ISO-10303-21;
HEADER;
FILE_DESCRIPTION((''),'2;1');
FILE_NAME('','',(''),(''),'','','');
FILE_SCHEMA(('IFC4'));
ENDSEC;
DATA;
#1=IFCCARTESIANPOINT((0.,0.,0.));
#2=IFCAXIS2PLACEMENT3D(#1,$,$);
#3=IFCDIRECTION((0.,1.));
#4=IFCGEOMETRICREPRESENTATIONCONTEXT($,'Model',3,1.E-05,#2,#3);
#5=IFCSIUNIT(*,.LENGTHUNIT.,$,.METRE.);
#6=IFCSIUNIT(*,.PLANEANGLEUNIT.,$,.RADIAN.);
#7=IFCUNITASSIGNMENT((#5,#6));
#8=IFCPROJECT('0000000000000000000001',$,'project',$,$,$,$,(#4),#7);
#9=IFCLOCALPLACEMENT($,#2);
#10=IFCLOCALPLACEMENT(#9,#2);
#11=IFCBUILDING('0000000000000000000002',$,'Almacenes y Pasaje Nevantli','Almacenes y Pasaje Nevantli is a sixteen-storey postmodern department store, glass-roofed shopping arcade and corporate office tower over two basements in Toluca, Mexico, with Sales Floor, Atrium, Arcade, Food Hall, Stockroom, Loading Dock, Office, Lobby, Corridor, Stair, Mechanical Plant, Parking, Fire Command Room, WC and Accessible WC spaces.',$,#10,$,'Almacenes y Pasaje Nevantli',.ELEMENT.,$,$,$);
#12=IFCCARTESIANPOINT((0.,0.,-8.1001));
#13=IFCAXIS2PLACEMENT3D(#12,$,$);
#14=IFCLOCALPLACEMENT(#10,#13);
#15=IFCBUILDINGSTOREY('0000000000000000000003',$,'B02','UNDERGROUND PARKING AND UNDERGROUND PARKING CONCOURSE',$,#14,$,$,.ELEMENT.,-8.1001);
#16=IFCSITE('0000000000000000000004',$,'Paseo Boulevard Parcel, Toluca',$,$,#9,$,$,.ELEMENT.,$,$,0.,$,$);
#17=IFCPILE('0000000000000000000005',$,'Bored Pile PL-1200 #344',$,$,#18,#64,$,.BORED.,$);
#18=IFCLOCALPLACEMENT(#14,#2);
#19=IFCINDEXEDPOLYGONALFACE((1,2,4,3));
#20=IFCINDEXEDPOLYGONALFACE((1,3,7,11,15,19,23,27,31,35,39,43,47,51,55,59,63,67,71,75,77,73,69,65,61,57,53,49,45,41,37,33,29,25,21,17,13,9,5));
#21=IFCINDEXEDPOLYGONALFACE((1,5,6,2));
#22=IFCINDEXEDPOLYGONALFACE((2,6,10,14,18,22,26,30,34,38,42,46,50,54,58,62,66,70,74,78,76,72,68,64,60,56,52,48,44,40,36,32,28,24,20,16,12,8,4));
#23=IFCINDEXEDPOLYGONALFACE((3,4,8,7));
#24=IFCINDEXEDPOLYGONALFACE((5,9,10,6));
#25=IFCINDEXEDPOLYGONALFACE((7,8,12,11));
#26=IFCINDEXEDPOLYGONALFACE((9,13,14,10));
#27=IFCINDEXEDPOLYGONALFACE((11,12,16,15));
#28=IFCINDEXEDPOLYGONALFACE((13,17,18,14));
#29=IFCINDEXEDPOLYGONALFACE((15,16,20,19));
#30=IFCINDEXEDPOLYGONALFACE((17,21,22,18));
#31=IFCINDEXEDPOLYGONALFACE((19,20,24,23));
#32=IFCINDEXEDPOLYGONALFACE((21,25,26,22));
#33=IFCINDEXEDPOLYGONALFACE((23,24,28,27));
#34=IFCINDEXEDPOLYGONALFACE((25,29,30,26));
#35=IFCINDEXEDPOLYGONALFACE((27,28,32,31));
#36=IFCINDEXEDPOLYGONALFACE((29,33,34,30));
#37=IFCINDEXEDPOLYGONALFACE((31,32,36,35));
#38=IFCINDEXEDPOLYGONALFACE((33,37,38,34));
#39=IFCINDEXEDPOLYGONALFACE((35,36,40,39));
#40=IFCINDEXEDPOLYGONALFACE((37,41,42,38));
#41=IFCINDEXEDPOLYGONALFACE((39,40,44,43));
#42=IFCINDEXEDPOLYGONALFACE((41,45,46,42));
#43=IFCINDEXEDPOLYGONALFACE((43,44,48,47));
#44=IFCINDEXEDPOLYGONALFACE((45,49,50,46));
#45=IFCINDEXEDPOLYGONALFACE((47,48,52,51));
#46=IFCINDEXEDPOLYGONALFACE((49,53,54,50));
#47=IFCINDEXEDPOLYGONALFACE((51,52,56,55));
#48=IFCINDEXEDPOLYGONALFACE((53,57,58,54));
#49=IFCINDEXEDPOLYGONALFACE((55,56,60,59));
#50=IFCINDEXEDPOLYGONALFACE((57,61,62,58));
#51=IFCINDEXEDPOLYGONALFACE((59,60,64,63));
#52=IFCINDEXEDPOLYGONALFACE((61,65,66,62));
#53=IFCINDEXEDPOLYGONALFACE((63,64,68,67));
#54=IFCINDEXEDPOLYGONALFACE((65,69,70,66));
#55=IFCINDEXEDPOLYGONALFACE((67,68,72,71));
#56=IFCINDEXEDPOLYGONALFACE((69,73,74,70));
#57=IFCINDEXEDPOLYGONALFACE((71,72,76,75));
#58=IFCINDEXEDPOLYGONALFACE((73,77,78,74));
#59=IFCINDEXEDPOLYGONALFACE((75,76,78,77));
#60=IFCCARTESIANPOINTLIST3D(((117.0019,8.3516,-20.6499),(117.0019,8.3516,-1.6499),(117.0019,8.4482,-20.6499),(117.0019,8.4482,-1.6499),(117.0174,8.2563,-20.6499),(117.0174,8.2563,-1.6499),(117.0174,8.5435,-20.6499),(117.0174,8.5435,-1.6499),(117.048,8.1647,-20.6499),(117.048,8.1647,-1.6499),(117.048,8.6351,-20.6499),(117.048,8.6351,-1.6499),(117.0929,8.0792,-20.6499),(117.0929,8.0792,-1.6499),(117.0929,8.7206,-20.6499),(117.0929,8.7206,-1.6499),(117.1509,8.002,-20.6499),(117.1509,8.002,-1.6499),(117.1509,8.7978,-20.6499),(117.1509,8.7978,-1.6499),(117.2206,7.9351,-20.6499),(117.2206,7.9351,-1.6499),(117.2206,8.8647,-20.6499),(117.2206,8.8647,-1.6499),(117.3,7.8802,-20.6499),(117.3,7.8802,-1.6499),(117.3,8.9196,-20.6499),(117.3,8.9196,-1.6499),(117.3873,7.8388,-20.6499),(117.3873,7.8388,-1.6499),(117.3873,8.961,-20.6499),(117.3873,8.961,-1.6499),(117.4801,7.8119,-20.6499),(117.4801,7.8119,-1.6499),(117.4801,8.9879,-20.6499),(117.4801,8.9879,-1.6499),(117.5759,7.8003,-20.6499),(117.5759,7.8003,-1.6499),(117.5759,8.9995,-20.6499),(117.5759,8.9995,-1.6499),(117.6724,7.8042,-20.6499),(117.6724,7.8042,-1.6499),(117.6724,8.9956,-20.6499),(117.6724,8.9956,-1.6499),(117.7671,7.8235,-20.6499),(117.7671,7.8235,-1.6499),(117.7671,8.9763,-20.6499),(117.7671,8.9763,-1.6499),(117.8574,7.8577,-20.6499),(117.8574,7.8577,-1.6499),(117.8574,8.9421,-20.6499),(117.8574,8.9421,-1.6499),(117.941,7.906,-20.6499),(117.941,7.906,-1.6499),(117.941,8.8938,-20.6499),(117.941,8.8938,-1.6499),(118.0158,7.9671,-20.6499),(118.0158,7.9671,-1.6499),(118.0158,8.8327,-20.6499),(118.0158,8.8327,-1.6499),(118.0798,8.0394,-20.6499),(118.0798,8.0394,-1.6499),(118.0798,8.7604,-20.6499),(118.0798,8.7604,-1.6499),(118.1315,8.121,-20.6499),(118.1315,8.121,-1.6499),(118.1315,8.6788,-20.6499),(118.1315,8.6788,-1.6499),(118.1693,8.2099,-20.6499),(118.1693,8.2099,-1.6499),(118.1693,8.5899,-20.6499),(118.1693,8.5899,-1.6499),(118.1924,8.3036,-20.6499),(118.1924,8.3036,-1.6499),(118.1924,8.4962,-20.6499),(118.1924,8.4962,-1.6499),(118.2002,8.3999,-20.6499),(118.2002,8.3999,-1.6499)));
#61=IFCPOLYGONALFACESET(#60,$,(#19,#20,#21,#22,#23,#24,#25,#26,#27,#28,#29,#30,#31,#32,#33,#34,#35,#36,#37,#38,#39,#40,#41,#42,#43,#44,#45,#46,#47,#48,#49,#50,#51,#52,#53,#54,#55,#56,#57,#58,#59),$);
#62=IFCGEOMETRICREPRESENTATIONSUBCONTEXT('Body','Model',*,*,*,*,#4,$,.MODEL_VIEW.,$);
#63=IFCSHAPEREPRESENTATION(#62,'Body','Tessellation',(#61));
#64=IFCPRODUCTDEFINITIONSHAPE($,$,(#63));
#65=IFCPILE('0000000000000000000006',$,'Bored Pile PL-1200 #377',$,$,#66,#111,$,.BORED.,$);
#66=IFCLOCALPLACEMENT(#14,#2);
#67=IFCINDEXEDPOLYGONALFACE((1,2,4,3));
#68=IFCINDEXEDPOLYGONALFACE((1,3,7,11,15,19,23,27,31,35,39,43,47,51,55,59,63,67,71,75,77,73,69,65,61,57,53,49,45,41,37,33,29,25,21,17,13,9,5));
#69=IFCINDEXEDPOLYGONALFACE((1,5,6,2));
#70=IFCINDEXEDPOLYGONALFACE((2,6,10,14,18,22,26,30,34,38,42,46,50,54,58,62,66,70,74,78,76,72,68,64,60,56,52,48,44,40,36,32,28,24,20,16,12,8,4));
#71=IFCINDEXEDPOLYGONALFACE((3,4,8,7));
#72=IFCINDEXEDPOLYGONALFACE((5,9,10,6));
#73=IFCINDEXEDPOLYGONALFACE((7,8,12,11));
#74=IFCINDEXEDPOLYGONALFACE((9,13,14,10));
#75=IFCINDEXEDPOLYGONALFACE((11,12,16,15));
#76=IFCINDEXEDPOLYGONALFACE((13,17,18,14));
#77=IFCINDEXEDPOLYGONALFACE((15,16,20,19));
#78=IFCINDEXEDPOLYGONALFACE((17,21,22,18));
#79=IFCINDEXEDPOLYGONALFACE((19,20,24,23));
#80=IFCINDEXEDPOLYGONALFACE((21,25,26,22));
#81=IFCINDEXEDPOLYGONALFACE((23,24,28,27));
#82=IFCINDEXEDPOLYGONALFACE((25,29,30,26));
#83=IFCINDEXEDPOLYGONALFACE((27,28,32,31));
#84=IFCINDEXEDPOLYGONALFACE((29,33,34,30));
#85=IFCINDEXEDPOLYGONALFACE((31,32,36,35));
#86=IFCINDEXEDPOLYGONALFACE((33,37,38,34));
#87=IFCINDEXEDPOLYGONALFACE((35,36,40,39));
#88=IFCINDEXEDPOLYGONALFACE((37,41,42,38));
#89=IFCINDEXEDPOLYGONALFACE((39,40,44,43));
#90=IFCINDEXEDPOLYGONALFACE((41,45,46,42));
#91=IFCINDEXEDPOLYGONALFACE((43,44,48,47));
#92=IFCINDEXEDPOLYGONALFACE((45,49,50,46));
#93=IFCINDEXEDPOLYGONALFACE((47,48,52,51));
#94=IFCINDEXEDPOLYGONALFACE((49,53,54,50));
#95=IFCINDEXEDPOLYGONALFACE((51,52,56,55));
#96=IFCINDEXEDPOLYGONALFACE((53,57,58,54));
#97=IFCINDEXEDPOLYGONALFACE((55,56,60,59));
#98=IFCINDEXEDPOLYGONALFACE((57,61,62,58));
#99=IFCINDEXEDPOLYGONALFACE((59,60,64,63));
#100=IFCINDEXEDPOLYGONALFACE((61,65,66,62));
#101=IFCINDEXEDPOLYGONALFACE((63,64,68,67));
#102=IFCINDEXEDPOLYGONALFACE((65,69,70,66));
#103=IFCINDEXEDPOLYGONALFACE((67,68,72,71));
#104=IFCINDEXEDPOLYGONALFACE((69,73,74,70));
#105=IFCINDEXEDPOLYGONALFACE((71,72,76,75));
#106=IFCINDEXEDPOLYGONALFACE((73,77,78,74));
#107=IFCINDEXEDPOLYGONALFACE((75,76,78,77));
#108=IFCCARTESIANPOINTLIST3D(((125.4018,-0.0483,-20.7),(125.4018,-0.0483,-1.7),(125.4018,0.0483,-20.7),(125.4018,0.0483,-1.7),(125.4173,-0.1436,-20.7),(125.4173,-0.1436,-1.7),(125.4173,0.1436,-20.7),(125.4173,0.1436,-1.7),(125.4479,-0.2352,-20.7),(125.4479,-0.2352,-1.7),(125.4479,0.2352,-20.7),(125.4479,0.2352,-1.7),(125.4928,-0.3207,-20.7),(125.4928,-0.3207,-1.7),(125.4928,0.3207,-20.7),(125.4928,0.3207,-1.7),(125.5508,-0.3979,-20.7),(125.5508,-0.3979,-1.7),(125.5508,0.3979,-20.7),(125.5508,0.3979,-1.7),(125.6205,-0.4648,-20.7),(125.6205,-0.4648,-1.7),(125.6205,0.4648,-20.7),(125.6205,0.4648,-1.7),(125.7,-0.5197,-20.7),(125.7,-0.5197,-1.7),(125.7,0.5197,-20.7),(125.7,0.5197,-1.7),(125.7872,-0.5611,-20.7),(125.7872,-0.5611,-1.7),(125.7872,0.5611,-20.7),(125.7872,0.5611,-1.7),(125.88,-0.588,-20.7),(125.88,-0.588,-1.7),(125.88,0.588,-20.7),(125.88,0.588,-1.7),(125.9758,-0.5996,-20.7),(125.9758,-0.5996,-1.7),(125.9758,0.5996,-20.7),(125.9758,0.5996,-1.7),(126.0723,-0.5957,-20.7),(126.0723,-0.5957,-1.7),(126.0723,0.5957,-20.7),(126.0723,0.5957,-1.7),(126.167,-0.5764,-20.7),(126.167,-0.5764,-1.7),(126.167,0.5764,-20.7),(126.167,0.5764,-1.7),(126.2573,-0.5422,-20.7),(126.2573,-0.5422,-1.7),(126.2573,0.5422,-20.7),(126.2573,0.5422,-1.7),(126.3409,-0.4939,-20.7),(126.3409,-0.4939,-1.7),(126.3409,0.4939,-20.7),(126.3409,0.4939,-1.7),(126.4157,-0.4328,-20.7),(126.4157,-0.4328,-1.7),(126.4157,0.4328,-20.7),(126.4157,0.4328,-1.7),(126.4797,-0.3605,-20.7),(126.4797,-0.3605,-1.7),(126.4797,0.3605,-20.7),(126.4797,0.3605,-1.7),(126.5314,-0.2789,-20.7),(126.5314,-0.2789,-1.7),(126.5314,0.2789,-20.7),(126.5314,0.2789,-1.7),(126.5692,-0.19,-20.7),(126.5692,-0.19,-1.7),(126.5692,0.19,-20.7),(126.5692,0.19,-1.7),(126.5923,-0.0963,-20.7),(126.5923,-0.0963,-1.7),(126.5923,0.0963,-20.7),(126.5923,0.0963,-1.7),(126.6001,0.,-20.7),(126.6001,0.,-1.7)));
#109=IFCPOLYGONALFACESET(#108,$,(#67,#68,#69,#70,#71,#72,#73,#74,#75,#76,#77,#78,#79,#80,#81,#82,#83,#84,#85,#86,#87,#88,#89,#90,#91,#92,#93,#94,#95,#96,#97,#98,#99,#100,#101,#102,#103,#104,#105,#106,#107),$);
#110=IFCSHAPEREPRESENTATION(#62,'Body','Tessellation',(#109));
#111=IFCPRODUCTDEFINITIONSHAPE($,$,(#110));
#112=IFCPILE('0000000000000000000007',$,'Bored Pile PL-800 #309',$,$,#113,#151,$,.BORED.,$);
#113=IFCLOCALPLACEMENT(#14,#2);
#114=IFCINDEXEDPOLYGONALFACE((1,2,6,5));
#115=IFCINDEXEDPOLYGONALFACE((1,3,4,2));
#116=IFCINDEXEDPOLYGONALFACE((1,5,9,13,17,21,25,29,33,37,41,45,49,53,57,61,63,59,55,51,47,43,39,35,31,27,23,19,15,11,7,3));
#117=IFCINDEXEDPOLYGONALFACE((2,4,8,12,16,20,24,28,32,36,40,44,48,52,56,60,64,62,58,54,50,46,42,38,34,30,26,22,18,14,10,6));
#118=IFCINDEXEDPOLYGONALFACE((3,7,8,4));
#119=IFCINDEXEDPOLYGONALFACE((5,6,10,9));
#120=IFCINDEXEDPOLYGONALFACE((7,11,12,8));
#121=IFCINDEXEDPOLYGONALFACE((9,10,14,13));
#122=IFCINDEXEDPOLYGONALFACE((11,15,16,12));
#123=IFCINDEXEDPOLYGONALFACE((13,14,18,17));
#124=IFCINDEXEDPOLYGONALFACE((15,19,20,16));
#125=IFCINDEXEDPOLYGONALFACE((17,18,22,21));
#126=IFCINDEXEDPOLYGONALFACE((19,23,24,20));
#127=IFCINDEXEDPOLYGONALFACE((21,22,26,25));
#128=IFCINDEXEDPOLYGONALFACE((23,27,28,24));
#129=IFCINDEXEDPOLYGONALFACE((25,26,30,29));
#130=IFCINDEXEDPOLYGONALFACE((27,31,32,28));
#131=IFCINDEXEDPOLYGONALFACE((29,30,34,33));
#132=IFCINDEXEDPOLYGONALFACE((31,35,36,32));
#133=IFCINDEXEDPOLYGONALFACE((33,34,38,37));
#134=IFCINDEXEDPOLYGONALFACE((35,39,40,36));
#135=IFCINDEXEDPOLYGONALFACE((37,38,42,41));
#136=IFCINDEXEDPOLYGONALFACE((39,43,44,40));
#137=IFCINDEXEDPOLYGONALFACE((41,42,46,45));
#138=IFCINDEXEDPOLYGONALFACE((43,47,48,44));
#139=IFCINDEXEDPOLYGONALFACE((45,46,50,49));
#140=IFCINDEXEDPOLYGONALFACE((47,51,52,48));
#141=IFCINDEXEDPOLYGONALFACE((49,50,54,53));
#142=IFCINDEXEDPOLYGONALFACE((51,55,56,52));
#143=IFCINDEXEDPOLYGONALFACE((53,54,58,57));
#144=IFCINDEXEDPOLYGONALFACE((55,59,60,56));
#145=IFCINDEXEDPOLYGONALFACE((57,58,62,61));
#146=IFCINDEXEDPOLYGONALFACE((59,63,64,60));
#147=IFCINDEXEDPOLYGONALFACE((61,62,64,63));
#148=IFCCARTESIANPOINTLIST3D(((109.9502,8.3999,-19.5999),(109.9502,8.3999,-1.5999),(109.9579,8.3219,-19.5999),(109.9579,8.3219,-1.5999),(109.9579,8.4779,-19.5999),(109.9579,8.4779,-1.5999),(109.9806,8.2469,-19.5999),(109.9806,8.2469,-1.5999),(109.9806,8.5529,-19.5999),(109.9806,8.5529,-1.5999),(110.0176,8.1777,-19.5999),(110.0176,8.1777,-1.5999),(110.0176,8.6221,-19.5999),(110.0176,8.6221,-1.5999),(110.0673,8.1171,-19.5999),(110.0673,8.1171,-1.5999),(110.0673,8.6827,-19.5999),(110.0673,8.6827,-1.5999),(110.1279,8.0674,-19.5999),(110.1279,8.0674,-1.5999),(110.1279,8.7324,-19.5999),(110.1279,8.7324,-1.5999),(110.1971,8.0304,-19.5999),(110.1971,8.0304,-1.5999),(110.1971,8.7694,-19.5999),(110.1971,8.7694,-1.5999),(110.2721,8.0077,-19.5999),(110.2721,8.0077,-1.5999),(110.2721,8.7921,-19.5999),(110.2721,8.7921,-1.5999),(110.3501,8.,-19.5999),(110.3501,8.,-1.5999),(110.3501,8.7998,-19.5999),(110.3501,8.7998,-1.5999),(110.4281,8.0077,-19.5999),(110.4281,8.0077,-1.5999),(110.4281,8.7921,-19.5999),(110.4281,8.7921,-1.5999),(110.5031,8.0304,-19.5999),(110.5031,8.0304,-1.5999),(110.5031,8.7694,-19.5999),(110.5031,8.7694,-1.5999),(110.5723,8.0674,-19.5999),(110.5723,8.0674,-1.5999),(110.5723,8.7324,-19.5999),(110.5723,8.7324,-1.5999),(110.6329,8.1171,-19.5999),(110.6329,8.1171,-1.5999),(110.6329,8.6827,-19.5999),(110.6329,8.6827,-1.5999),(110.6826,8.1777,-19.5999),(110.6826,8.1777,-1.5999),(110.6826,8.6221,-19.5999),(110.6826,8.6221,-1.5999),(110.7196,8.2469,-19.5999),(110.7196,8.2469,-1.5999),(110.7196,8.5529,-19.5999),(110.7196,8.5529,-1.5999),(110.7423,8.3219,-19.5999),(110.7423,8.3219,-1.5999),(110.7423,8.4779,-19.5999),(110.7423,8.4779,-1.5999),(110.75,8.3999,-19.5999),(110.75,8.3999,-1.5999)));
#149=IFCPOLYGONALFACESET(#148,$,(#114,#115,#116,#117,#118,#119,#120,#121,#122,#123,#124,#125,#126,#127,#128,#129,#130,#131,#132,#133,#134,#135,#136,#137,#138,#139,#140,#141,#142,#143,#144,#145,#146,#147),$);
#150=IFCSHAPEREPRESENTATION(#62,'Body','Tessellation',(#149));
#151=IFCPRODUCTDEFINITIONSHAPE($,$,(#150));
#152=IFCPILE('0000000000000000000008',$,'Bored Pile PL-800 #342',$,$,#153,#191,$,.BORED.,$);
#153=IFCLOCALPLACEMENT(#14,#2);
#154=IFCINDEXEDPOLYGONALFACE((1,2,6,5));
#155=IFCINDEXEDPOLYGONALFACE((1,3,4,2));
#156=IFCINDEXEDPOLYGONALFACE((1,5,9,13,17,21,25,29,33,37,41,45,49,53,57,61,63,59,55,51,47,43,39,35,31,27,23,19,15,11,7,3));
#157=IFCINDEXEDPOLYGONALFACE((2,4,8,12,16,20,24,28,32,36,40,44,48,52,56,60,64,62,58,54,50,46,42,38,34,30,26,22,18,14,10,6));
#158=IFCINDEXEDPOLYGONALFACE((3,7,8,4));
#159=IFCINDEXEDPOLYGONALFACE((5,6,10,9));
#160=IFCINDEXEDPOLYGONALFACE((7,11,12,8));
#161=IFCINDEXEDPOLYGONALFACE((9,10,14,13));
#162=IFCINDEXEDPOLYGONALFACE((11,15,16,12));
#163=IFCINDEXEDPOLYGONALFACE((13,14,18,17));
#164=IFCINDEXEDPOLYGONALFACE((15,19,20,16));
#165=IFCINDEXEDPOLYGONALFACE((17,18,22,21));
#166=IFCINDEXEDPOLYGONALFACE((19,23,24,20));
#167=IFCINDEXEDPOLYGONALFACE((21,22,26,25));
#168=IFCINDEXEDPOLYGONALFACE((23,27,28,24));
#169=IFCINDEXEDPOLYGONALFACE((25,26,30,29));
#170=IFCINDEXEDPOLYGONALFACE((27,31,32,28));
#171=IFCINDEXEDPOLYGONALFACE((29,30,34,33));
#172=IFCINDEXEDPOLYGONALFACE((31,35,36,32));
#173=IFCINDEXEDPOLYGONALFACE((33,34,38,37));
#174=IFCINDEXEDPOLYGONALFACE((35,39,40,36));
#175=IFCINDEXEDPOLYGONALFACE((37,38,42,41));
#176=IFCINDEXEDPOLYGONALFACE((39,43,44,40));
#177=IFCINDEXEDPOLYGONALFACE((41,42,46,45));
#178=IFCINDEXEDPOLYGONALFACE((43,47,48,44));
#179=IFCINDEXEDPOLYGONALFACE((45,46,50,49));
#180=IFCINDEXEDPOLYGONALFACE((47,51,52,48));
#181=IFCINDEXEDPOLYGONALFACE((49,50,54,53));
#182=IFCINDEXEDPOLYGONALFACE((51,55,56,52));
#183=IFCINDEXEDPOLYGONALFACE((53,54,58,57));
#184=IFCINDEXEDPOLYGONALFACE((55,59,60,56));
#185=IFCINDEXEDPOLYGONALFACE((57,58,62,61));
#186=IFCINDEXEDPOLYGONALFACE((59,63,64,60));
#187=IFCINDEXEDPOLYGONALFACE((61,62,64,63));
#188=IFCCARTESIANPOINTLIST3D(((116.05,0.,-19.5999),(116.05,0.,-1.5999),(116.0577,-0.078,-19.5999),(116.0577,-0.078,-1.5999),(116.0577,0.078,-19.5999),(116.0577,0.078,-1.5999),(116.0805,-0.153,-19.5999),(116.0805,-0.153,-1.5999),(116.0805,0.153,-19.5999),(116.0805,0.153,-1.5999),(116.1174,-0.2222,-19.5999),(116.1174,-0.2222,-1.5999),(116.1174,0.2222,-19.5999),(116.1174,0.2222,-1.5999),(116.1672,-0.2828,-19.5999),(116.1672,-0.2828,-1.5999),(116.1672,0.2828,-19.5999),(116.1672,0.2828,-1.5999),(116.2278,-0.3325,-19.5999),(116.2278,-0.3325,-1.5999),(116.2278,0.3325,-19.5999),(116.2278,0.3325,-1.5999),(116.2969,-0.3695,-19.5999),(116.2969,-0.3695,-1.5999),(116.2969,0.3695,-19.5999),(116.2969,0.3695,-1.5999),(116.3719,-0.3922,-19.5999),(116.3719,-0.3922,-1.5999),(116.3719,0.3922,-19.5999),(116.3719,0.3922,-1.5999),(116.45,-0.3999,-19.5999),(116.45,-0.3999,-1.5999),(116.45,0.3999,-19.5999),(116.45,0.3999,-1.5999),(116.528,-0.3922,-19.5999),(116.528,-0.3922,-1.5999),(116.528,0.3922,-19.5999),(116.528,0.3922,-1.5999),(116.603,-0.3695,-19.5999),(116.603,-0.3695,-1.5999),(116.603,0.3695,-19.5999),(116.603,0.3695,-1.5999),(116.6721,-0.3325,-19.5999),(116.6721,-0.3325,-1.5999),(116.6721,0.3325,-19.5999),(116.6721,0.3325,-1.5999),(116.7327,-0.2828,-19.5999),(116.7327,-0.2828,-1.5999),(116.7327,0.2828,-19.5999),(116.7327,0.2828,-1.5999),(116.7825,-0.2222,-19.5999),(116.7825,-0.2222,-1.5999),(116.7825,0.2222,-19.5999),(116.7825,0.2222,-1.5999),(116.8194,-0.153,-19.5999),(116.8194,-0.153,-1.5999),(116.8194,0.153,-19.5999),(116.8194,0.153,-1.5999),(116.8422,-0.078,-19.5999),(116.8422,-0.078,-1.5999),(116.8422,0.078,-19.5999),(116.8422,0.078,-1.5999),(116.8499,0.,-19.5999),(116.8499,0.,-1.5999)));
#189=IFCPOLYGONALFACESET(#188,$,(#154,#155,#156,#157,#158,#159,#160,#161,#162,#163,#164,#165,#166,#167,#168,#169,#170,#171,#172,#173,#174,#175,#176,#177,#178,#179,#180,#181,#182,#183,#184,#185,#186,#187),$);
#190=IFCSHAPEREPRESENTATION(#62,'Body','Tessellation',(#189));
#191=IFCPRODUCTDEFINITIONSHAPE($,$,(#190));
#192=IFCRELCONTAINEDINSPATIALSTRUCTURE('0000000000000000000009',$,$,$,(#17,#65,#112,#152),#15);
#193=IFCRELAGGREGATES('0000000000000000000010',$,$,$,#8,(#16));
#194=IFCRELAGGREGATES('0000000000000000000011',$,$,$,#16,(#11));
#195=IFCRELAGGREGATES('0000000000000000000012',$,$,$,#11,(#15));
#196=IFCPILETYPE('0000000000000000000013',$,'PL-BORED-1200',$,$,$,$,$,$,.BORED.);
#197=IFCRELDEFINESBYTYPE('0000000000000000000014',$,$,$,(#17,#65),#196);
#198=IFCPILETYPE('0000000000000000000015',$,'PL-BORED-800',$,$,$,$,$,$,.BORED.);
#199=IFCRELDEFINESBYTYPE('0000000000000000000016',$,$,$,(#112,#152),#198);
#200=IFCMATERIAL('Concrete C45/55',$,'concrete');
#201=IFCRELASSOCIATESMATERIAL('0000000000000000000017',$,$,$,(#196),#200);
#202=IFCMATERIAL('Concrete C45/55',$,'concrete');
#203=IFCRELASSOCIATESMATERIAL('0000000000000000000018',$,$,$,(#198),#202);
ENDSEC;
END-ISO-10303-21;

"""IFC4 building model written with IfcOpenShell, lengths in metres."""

from ifc_helpers import new_model, si_unit, direction, frame, origin, origin_2d, place, context, subcontext, project, spatial, circle, extrude, material, material_profile, profile_set, type_object, element, save


model = new_model("IFC4")

# Units and contexts
model_context = context("Model", 3, precision=1e-05, world=origin(), true_north=direction((0.0, 1.0)))
body_context = subcontext(model_context, "Body", "Model", "MODEL_VIEW")
ifc_project = project(units=[si_unit("LENGTHUNIT", "METRE"), si_unit("PLANEANGLEUNIT", "RADIAN")], contexts=[model_context])

# Site, building, storey
site_placement = place(None, origin())
site = spatial("IfcSite", under=ifc_project, at=site_placement, Name="Paseo Boulevard Parcel, Toluca", CompositionType="ELEMENT", RefElevation=0.0)
building_placement = place(site_placement, origin())
building = spatial("IfcBuilding", under=site, at=building_placement, Name="Almacenes y Pasaje Nevantli", Description="Almacenes y Pasaje Nevantli is a sixteen-storey postmodern department store, glass-roofed shopping arcade and corporate office tower over two basements in Toluca, Mexico, with Sales Floor, Atrium, Arcade, Food Hall, Stockroom, Loading Dock, Office, Lobby, Corridor, Stair, Mechanical Plant, Parking, Fire Command Room, WC and Accessible WC spaces.", LongName="Almacenes y Pasaje Nevantli", CompositionType="ELEMENT")
storey_placement = place(building_placement, frame((0.0, 0.0, -8.1001)))
storey = spatial("IfcBuildingStorey", under=building, at=storey_placement, Name="B02", Description="UNDERGROUND PARKING AND UNDERGROUND PARKING CONCOURSE", CompositionType="ELEMENT", Elevation=-8.1001)

# Piles
ifc_material_1 = material(Name="Concrete C45/55", Category="concrete")
ifc_material_profile_1 = material_profile(ifc_material_1, circle(Radius=0.6001, at=origin_2d()), Name="RC-PILE-D1200")
ifc_profile_set_1 = profile_set([ifc_material_profile_1], Name="Concrete C45/55")
pile_type_1 = type_object("IfcPileType", Name="PL-BORED-1200", PredefinedType="BORED", material=ifc_profile_set_1)
for number, where, z_axis, x_axis, name in (
    (1, (117.6001, 8.3999, -1.6499), (0.0, 0.0, -1.0), (1.0, 0.0, 0.0), "Bored Pile PL-1200 #344"),
    (2, (126.0, 0.0, -1.7), (0.0, 0.0, -1.0), (1.0, 0.0, 0.0), "Bored Pile PL-1200 #377"),
):
    element("IfcPile", number, at=place(storey_placement, frame(where, z_axis=z_axis, x_axis=x_axis)), inside=storey, type_object=pile_type_1, Name=name, PredefinedType="BORED", context=body_context, shape_type="SweptSolid", body=[
        extrude(circle(Radius=0.6001, at=origin_2d()), origin(), (0.0, 0.0, 1.0), 19.0),
    ])
ifc_material_2 = material(Name="Concrete C45/55", Category="concrete")
ifc_material_profile_2 = material_profile(ifc_material_2, circle(Radius=0.3999, at=origin_2d()), Name="RC-PILE-D800")
ifc_profile_set_2 = profile_set([ifc_material_profile_2], Name="Concrete C45/55")
pile_type_2 = type_object("IfcPileType", Name="PL-BORED-800", PredefinedType="BORED", material=ifc_profile_set_2)
for number, where, z_axis, x_axis, name in (
    (3, (110.3501, 8.3999, -1.5999), (0.0, 0.0, -1.0), (1.0, 0.0, 0.0), "Bored Pile PL-800 #309"),
    (4, (116.45, 0.0, -1.5999), (0.0, 0.0, -1.0), (1.0, 0.0, 0.0), "Bored Pile PL-800 #342"),
):
    element("IfcPile", number, at=place(storey_placement, frame(where, z_axis=z_axis, x_axis=x_axis)), inside=storey, type_object=pile_type_2, Name=name, PredefinedType="BORED", context=body_context, shape_type="SweptSolid", body=[
        extrude(circle(Radius=0.3999, at=origin_2d()), origin(), (0.0, 0.0, 1.0), 18.0),
    ])

save(model, "model.ifc")
